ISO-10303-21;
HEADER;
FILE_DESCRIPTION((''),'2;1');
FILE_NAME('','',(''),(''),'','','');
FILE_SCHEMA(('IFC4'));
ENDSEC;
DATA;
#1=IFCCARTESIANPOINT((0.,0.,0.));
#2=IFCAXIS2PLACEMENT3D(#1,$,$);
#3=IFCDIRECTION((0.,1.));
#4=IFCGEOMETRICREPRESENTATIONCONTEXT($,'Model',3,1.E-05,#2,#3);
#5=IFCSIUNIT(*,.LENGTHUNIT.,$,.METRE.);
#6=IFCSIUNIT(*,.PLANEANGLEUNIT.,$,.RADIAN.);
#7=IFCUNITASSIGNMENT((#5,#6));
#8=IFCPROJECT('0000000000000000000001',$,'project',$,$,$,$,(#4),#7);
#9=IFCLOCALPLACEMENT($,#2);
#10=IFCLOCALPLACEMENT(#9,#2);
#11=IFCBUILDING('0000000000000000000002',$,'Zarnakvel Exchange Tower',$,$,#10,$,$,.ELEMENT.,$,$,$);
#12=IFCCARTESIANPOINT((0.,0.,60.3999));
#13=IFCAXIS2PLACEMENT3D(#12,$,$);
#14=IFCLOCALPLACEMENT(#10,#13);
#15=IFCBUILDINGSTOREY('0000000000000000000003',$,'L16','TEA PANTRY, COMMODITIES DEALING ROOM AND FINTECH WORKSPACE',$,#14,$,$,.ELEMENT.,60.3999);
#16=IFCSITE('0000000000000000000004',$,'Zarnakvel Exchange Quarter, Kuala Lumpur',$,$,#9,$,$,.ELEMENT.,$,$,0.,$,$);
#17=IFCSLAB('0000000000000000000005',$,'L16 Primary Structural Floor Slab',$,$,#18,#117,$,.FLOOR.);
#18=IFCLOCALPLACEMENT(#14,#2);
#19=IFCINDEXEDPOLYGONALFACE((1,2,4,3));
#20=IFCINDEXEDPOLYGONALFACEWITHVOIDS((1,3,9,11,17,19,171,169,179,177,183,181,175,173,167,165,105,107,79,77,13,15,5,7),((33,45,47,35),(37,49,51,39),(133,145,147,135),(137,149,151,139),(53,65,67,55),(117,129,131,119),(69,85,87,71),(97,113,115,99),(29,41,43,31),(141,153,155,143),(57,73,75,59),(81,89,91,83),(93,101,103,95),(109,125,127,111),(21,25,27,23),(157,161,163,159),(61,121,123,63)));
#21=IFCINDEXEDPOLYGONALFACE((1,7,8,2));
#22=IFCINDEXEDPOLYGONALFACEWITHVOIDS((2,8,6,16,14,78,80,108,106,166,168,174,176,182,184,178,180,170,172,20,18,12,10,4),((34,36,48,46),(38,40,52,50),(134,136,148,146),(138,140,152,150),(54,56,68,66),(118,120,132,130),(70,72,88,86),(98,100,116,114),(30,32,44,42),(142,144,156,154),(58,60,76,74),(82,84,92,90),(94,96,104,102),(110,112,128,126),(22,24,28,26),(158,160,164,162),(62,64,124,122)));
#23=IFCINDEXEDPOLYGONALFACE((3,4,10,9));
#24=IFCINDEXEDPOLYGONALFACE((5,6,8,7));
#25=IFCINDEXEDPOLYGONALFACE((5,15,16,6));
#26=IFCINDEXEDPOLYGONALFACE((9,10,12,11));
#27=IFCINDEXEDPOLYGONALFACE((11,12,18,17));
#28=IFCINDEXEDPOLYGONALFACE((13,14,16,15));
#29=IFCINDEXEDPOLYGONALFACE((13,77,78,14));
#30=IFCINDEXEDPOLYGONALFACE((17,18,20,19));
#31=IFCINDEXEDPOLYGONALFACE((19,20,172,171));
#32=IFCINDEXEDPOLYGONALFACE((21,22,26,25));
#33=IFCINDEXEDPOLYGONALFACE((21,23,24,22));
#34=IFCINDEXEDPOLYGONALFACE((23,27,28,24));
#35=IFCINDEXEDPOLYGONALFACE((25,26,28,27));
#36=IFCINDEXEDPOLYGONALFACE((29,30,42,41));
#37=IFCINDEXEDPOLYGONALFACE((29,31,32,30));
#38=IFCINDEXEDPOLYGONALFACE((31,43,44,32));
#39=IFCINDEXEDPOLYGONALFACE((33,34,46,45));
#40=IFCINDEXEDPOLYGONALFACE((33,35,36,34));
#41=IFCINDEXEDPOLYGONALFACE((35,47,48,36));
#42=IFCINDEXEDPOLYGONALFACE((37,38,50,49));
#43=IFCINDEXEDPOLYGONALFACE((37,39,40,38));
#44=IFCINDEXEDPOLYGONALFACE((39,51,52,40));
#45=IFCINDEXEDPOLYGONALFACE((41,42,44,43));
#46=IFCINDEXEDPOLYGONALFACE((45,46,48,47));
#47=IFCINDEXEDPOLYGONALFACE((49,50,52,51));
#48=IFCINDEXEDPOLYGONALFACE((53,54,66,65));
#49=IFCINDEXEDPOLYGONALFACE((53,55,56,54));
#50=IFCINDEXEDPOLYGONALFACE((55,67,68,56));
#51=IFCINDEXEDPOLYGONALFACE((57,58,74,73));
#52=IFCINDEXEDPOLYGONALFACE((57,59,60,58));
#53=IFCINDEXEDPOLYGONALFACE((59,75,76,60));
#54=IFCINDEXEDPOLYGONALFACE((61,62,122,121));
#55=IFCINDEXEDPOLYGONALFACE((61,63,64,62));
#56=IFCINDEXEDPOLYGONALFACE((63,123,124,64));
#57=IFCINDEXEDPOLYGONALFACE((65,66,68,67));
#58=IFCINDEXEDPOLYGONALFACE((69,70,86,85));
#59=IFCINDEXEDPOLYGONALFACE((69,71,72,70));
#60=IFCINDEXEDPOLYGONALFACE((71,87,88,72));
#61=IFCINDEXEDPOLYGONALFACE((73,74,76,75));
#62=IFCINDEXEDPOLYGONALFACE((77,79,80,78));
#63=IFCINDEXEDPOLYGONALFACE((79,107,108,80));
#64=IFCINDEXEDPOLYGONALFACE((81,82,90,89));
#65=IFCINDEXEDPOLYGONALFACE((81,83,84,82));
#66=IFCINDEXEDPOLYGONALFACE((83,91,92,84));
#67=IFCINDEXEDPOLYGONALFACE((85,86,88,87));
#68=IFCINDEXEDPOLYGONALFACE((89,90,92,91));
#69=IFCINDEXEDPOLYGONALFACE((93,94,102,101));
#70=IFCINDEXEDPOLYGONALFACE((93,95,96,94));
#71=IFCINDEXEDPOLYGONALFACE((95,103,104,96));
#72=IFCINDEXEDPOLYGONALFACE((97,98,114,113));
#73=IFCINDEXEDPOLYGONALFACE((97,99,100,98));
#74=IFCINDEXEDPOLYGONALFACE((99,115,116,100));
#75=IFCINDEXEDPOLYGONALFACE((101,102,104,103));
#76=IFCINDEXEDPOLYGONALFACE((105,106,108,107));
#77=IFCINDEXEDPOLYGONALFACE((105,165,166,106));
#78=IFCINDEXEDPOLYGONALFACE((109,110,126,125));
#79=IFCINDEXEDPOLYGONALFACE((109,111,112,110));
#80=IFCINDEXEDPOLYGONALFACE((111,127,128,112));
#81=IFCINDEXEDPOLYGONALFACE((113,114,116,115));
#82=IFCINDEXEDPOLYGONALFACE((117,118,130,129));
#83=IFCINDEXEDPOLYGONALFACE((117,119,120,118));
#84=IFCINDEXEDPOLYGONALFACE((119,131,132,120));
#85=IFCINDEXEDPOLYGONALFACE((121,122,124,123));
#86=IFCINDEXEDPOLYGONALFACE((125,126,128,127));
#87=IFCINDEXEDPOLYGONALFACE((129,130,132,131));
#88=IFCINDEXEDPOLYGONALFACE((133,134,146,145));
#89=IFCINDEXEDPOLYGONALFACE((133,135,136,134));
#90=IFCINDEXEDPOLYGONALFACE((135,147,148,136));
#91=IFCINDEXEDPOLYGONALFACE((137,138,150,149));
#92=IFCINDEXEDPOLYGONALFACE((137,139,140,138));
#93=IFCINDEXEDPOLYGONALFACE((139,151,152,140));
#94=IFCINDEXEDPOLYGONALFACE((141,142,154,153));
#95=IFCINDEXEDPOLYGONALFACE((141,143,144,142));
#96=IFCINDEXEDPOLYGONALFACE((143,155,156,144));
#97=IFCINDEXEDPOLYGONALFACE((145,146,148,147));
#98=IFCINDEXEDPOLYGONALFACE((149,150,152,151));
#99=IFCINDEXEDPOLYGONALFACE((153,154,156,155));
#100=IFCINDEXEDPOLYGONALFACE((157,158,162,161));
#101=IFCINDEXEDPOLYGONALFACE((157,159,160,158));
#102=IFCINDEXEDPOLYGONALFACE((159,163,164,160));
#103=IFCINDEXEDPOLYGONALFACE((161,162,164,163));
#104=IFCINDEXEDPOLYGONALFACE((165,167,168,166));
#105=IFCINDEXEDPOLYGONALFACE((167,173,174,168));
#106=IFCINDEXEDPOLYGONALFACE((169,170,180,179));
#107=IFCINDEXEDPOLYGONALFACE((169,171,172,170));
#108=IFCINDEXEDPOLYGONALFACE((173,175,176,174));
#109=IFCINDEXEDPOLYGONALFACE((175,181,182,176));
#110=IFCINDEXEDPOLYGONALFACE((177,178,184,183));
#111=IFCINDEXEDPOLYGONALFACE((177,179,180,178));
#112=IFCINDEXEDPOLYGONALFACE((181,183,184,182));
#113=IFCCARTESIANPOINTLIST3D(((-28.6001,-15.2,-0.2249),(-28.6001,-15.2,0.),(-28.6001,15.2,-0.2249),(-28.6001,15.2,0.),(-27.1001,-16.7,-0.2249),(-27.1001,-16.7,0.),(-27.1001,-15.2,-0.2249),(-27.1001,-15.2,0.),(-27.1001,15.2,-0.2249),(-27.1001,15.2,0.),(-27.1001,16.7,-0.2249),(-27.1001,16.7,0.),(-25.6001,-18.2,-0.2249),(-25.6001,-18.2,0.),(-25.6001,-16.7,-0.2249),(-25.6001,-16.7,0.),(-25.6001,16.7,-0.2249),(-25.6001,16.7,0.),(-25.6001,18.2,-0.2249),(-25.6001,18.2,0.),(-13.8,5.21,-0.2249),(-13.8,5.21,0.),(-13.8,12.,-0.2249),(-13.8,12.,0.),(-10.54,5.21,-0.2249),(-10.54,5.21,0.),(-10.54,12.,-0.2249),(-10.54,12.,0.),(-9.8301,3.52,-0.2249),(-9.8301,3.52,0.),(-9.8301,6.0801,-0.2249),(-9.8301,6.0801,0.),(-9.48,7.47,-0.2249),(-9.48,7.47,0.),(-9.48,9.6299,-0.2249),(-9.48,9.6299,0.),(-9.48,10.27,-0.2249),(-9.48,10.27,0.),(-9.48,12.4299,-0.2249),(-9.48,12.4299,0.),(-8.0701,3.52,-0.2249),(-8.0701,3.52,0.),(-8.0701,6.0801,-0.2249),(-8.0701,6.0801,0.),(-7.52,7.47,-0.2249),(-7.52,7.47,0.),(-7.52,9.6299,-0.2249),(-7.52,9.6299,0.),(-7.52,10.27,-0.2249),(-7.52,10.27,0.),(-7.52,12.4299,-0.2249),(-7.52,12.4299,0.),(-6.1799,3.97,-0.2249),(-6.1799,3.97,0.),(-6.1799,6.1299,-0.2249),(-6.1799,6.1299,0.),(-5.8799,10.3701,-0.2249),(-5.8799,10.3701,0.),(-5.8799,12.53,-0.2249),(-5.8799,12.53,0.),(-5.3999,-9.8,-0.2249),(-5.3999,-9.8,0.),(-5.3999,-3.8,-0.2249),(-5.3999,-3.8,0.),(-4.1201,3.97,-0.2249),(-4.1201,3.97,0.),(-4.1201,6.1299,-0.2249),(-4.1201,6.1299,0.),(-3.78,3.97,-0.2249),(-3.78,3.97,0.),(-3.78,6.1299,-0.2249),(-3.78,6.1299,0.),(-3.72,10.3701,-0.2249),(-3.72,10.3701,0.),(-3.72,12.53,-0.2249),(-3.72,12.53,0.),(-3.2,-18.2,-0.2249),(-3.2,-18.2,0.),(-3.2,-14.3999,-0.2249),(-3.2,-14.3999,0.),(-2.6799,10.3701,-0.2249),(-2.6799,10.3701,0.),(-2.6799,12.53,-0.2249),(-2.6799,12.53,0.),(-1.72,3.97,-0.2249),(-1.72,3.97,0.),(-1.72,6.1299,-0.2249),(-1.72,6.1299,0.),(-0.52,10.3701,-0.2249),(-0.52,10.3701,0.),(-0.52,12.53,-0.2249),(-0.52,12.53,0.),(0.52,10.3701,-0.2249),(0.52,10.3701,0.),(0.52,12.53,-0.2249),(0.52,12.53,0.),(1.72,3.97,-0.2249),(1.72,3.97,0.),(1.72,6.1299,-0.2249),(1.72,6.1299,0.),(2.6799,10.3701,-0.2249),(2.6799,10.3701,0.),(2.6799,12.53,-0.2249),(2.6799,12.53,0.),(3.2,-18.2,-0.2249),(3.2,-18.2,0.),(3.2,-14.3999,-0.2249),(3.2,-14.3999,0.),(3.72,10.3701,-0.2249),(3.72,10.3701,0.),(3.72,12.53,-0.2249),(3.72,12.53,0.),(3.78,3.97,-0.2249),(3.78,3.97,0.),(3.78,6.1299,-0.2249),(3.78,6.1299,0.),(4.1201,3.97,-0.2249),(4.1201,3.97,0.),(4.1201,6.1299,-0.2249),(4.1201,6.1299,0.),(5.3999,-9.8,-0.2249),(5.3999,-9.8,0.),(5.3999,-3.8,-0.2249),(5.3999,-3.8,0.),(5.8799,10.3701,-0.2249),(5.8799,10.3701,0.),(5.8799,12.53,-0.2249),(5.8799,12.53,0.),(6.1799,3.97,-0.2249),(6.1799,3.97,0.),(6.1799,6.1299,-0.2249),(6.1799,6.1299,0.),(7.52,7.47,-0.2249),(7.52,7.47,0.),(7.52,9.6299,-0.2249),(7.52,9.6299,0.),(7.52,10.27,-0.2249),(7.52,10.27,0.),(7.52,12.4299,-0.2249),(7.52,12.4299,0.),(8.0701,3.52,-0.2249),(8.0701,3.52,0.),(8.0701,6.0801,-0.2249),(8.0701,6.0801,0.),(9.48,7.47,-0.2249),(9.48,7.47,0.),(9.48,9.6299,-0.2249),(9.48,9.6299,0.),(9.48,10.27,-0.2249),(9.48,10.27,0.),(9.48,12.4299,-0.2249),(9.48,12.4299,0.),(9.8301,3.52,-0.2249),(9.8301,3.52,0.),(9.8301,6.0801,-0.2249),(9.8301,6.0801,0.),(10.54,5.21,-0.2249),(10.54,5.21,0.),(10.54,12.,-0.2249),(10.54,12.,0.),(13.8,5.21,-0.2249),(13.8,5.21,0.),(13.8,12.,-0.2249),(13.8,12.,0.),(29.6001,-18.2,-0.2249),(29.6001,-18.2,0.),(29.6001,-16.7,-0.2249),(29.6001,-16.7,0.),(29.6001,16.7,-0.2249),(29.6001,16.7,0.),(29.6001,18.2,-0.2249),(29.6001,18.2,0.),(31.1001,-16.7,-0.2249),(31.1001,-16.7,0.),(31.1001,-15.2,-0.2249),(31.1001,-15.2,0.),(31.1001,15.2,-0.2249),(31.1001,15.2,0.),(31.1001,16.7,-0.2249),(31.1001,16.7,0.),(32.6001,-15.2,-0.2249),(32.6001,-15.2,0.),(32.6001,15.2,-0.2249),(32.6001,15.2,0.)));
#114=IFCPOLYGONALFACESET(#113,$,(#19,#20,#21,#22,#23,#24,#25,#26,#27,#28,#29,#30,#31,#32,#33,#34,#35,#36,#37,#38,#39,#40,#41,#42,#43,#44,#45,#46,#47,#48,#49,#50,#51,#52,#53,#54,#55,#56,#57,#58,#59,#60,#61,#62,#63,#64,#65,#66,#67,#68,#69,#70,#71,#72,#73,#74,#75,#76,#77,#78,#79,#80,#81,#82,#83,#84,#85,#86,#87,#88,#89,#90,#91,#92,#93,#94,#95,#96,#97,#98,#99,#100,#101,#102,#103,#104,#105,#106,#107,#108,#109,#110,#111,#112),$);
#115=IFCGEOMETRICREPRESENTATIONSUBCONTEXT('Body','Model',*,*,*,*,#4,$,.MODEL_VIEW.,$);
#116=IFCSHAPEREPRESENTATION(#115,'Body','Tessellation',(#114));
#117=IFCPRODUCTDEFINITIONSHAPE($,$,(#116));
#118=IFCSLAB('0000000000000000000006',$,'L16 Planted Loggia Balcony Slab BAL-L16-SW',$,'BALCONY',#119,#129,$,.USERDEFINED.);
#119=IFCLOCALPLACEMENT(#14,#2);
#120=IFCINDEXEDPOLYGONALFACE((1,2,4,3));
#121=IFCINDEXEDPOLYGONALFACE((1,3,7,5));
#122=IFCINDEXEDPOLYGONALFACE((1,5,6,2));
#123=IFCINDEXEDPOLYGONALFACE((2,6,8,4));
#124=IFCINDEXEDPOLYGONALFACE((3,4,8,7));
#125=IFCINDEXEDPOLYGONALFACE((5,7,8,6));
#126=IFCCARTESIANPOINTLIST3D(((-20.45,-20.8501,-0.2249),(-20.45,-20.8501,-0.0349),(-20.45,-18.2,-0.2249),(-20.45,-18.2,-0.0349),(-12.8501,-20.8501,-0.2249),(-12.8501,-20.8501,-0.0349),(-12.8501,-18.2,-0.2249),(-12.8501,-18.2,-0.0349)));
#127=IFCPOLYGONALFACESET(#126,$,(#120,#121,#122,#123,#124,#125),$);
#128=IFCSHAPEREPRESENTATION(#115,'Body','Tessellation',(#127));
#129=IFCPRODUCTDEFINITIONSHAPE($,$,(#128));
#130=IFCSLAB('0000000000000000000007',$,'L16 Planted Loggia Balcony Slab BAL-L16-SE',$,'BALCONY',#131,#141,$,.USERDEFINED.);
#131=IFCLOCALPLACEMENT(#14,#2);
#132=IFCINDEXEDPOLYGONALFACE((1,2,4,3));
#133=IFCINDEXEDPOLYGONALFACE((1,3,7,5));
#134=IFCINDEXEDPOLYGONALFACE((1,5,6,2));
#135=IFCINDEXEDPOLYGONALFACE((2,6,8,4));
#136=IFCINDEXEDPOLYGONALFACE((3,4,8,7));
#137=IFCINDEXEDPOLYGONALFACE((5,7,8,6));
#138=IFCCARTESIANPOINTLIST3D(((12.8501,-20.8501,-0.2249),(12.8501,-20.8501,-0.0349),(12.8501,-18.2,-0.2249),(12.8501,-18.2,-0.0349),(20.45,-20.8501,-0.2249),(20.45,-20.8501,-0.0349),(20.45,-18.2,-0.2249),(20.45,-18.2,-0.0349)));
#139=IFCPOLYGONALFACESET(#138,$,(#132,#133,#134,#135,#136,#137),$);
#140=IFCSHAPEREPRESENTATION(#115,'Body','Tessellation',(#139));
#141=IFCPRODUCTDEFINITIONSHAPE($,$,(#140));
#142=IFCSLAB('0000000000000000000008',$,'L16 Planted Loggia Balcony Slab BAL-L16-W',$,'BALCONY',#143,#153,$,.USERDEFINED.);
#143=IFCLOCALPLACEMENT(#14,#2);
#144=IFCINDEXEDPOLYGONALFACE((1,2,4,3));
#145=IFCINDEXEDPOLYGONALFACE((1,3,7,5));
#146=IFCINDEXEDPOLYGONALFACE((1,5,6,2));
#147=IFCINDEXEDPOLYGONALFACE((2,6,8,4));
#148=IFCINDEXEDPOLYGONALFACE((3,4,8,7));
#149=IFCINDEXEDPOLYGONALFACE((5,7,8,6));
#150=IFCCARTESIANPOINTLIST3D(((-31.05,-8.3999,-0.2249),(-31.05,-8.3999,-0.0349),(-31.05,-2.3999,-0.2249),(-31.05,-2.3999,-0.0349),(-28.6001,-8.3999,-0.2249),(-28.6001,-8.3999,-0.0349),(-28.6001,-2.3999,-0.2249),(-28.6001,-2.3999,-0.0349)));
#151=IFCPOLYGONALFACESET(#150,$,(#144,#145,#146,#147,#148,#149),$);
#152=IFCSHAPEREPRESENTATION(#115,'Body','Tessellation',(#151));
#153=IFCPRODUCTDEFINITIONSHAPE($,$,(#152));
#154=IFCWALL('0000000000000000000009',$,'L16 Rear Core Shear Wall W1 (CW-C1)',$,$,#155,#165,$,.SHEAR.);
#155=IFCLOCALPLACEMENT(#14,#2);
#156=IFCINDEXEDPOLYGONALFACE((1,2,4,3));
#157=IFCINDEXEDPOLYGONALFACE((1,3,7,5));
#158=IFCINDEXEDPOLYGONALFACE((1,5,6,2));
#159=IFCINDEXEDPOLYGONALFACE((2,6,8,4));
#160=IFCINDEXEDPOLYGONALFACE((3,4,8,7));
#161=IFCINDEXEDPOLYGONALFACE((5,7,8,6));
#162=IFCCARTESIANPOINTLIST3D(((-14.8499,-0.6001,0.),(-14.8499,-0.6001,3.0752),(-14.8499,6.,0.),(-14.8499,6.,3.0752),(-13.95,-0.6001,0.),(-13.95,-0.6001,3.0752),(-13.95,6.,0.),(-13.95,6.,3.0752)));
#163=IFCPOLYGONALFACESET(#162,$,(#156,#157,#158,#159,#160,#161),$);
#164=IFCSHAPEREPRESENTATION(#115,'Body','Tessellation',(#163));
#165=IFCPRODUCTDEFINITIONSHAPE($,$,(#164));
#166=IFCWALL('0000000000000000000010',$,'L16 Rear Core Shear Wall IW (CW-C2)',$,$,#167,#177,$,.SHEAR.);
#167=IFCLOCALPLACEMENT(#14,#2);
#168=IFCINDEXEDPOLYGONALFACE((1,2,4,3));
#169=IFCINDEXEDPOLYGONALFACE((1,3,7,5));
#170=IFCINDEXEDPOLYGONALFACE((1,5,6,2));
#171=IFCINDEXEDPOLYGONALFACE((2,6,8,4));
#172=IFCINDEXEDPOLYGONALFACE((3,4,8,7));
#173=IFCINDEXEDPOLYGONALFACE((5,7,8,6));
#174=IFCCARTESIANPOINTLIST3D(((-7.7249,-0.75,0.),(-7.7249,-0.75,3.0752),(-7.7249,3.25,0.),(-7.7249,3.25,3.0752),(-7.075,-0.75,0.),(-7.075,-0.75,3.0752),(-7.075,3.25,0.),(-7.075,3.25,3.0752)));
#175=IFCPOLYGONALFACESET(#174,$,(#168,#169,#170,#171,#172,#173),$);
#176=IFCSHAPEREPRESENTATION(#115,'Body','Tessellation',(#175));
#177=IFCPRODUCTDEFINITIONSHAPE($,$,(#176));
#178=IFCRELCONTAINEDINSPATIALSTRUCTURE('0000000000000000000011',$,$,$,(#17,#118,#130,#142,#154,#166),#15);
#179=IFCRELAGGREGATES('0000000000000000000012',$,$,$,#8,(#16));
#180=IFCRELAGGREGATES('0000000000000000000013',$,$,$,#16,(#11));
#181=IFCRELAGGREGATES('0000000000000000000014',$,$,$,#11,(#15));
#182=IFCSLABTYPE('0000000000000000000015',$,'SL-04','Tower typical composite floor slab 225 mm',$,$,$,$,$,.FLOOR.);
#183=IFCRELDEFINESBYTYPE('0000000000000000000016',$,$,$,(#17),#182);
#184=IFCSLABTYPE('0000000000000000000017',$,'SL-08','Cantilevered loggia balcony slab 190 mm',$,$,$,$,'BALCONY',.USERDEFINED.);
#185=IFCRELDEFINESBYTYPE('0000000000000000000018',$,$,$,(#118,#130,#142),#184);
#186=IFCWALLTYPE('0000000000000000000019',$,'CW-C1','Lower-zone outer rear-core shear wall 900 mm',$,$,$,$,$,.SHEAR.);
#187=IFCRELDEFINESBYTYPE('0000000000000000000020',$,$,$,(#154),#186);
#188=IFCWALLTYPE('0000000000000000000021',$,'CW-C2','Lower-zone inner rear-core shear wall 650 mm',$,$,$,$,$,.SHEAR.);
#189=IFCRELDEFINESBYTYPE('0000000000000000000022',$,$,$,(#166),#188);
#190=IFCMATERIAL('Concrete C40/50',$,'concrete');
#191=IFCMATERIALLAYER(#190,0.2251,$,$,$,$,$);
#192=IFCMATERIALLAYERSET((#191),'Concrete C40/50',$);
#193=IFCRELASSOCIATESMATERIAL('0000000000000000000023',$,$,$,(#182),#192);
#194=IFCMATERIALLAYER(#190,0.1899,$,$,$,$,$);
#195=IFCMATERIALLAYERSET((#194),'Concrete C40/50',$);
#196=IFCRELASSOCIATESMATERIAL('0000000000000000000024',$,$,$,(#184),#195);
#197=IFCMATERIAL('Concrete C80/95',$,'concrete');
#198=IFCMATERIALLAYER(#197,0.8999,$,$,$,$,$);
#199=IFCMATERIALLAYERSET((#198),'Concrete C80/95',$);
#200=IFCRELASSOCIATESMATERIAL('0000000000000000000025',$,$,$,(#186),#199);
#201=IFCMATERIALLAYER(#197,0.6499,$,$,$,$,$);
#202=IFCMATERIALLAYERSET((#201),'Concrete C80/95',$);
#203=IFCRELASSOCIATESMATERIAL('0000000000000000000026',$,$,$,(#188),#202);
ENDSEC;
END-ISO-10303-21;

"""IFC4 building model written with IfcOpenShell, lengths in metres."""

from ifc_helpers import new_model, si_unit, direction, frame, frame_2d, origin, place, context, subcontext, project, spatial, polyline, rectangle, outline, extrude, material, layer, layer_set, type_object, element, save


model = new_model("IFC4")

# Units and contexts
model_context = context("Model", 3, precision=1e-05, world=origin(), true_north=direction((0.0, 1.0)))
body_context = subcontext(model_context, "Body", "Model", "MODEL_VIEW")
ifc_project = project(units=[si_unit("LENGTHUNIT", "METRE"), si_unit("PLANEANGLEUNIT", "RADIAN")], contexts=[model_context])

# Site, building, storey
site_placement = place(None, origin())
site = spatial("IfcSite", under=ifc_project, at=site_placement, Name="Zarnakvel Exchange Quarter, Kuala Lumpur", CompositionType="ELEMENT", RefElevation=0.0)
building_placement = place(site_placement, origin())
building = spatial("IfcBuilding", under=site, at=building_placement, Name="Zarnakvel Exchange Tower", CompositionType="ELEMENT")
storey_placement = place(building_placement, frame((0.0, 0.0, 60.3999)))
storey = spatial("IfcBuildingStorey", under=building, at=storey_placement, Name="L16", Description="TEA PANTRY, COMMODITIES DEALING ROOM AND FINTECH WORKSPACE", CompositionType="ELEMENT", Elevation=60.3999)

# Shared definitions
ifc_material_1 = material(Name="Concrete C80/95", Category="concrete")

# Shared definitions
ifc_material_2 = material(Name="Concrete C40/50", Category="concrete")

# Slabs
ifc_layer_1 = layer(ifc_material_2, 0.2251)
ifc_layer_set_1 = layer_set([ifc_layer_1], Name="Concrete C40/50")
slab_type_1 = type_object("IfcSlabType", Name="SL-04", Description="Tower typical composite floor slab 225 mm", PredefinedType="FLOOR", material=ifc_layer_set_1)
slab_1_placement = place(storey_placement, frame((0.0, 0.0, -0.2249)))
element("IfcSlab", 1, at=slab_1_placement, inside=storey, type_object=slab_type_1, Name="L16 Primary Structural Floor Slab", PredefinedType="FLOOR", context=body_context, shape_type="SweptSolid", body=[
    extrude(outline(polyline([(-28.6001, -15.2), (-27.1001, -15.2), (-27.1001, -16.7), (-25.6001, -16.7), (-25.6001, -18.2), (-3.2, -18.2), (-3.2, -14.3999), (3.2, -14.3999), (3.2, -18.2), (29.6001, -18.2), (29.6001, -16.7), (31.1001, -16.7), (31.1001, -15.2), (32.6001, -15.2), (32.6001, 15.2), (31.1001, 15.2), (31.1001, 16.7), (29.6001, 16.7), (29.6001, 18.2), (-25.6001, 18.2), (-25.6001, 16.7), (-27.1001, 16.7), (-27.1001, 15.2), (-28.6001, 15.2), (-28.6001, -15.2)]), holes=[polyline([(-5.3999, -9.8), (5.3999, -9.8), (5.3999, -3.8), (-5.3999, -3.8), (-5.3999, -9.8)]), polyline([(-13.8, 5.21), (-10.54, 5.21), (-10.54, 12.0), (-13.8, 12.0), (-13.8, 5.21)]), polyline([(10.54, 5.21), (13.8, 5.21), (13.8, 12.0), (10.54, 12.0), (10.54, 5.21)]), polyline([(-9.8301, 3.52), (-8.0701, 3.52), (-8.0701, 6.0801), (-9.8301, 6.0801), (-9.8301, 3.52)]), polyline([(8.0701, 3.52), (9.8301, 3.52), (9.8301, 6.0801), (8.0701, 6.0801), (8.0701, 3.52)]), polyline([(-5.8799, 10.3701), (-3.72, 10.3701), (-3.72, 12.53), (-5.8799, 12.53), (-5.8799, 10.3701)]), polyline([(-2.6799, 10.3701), (-0.52, 10.3701), (-0.52, 12.53), (-2.6799, 12.53), (-2.6799, 10.3701)]), polyline([(0.52, 10.3701), (2.6799, 10.3701), (2.6799, 12.53), (0.52, 12.53), (0.52, 10.3701)]), polyline([(3.72, 10.3701), (5.8799, 10.3701), (5.8799, 12.53), (3.72, 12.53), (3.72, 10.3701)]), polyline([(-6.1799, 3.97), (-4.1201, 3.97), (-4.1201, 6.1299), (-6.1799, 6.1299), (-6.1799, 3.97)]), polyline([(-3.78, 3.97), (-1.72, 3.97), (-1.72, 6.1299), (-3.78, 6.1299), (-3.78, 3.97)]), polyline([(1.72, 3.97), (3.78, 3.97), (3.78, 6.1299), (1.72, 6.1299), (1.72, 3.97)]), polyline([(4.1201, 3.97), (6.1799, 3.97), (6.1799, 6.1299), (4.1201, 6.1299), (4.1201, 3.97)]), polyline([(-9.48, 7.47), (-7.52, 7.47), (-7.52, 9.6299), (-9.48, 9.6299), (-9.48, 7.47)]), polyline([(-9.48, 10.27), (-7.52, 10.27), (-7.52, 12.4299), (-9.48, 12.4299), (-9.48, 10.27)]), polyline([(7.52, 7.47), (9.48, 7.47), (9.48, 9.6299), (7.52, 9.6299), (7.52, 7.47)]), polyline([(7.52, 10.27), (9.48, 10.27), (9.48, 12.4299), (7.52, 12.4299), (7.52, 10.27)])]), origin(), (0.0, 0.0, 1.0), 0.2249),
])
ifc_layer_2 = layer(ifc_material_2, 0.1899)
ifc_layer_set_2 = layer_set([ifc_layer_2], Name="Concrete C40/50")
slab_type_2 = type_object("IfcSlabType", Name="SL-08", Description="Cantilevered loggia balcony slab 190 mm", ElementType="BALCONY", PredefinedType="USERDEFINED", material=ifc_layer_set_2)
slab_2_placement = place(storey_placement, frame((0.0, 0.0, -0.2249)))
element("IfcSlab", 2, at=slab_2_placement, inside=storey, type_object=slab_type_2, Name="L16 Planted Loggia Balcony Slab BAL-L16-SW", ObjectType="BALCONY", PredefinedType="USERDEFINED", context=body_context, shape_type="SweptSolid", body=[
    extrude(outline(polyline([(-20.45, -20.8501), (-12.8501, -20.8501), (-12.8501, -18.2), (-20.45, -18.2), (-20.45, -20.8501)])), origin(), (0.0, 0.0, 1.0), 0.1899),
])
slab_3_placement = place(storey_placement, frame((0.0, 0.0, -0.2249)))
element("IfcSlab", 3, at=slab_3_placement, inside=storey, type_object=slab_type_2, Name="L16 Planted Loggia Balcony Slab BAL-L16-SE", ObjectType="BALCONY", PredefinedType="USERDEFINED", context=body_context, shape_type="SweptSolid", body=[
    extrude(outline(polyline([(12.8501, -20.8501), (20.45, -20.8501), (20.45, -18.2), (12.8501, -18.2), (12.8501, -20.8501)])), origin(), (0.0, 0.0, 1.0), 0.1899),
])
slab_4_placement = place(storey_placement, frame((0.0, 0.0, -0.2249)))
element("IfcSlab", 4, at=slab_4_placement, inside=storey, type_object=slab_type_2, Name="L16 Planted Loggia Balcony Slab BAL-L16-W", ObjectType="BALCONY", PredefinedType="USERDEFINED", context=body_context, shape_type="SweptSolid", body=[
    extrude(outline(polyline([(-31.05, -8.3999), (-28.6001, -8.3999), (-28.6001, -2.3999), (-31.05, -2.3999), (-31.05, -8.3999)])), origin(), (0.0, 0.0, 1.0), 0.1899),
])

# Wall
ifc_layer_3 = layer(ifc_material_1, 0.8999)
ifc_layer_set_3 = layer_set([ifc_layer_3], Name="Concrete C80/95")
wall_type_1 = type_object("IfcWallType", Name="CW-C1", Description="Lower-zone outer rear-core shear wall 900 mm", PredefinedType="SHEAR", material=ifc_layer_set_3)
wall_1_placement = place(storey_placement, frame((-14.3999, -0.6001, 0.0), z_axis=(0.0, 0.0, 1.0), x_axis=(0.0, 1.0, 0.0)))
element("IfcWall", 5, at=wall_1_placement, inside=storey, type_object=wall_type_1, Name="L16 Rear Core Shear Wall W1 (CW-C1)", PredefinedType="SHEAR", context=body_context, shape_type="SweptSolid", body=[
    extrude(rectangle(XDim=6.6001, YDim=0.8999, at=frame_2d((3.3, 0.0))), origin(), (0.0, 0.0, 1.0), 3.0752),
])

# Wall
ifc_layer_4 = layer(ifc_material_1, 0.6499)
ifc_layer_set_4 = layer_set([ifc_layer_4], Name="Concrete C80/95")
wall_type_2 = type_object("IfcWallType", Name="CW-C2", Description="Lower-zone inner rear-core shear wall 650 mm", PredefinedType="SHEAR", material=ifc_layer_set_4)
wall_2_placement = place(storey_placement, frame((-7.3999, -0.75, 0.0), z_axis=(0.0, 0.0, 1.0), x_axis=(0.0, 1.0, 0.0)))
element("IfcWall", 6, at=wall_2_placement, inside=storey, type_object=wall_type_2, Name="L16 Rear Core Shear Wall IW (CW-C2)", PredefinedType="SHEAR", context=body_context, shape_type="SweptSolid", body=[
    extrude(rectangle(XDim=4.0, YDim=0.6499, at=frame_2d((2.0, 0.0))), origin(), (0.0, 0.0, 1.0), 3.0752),
])

save(model, "model.ifc")
